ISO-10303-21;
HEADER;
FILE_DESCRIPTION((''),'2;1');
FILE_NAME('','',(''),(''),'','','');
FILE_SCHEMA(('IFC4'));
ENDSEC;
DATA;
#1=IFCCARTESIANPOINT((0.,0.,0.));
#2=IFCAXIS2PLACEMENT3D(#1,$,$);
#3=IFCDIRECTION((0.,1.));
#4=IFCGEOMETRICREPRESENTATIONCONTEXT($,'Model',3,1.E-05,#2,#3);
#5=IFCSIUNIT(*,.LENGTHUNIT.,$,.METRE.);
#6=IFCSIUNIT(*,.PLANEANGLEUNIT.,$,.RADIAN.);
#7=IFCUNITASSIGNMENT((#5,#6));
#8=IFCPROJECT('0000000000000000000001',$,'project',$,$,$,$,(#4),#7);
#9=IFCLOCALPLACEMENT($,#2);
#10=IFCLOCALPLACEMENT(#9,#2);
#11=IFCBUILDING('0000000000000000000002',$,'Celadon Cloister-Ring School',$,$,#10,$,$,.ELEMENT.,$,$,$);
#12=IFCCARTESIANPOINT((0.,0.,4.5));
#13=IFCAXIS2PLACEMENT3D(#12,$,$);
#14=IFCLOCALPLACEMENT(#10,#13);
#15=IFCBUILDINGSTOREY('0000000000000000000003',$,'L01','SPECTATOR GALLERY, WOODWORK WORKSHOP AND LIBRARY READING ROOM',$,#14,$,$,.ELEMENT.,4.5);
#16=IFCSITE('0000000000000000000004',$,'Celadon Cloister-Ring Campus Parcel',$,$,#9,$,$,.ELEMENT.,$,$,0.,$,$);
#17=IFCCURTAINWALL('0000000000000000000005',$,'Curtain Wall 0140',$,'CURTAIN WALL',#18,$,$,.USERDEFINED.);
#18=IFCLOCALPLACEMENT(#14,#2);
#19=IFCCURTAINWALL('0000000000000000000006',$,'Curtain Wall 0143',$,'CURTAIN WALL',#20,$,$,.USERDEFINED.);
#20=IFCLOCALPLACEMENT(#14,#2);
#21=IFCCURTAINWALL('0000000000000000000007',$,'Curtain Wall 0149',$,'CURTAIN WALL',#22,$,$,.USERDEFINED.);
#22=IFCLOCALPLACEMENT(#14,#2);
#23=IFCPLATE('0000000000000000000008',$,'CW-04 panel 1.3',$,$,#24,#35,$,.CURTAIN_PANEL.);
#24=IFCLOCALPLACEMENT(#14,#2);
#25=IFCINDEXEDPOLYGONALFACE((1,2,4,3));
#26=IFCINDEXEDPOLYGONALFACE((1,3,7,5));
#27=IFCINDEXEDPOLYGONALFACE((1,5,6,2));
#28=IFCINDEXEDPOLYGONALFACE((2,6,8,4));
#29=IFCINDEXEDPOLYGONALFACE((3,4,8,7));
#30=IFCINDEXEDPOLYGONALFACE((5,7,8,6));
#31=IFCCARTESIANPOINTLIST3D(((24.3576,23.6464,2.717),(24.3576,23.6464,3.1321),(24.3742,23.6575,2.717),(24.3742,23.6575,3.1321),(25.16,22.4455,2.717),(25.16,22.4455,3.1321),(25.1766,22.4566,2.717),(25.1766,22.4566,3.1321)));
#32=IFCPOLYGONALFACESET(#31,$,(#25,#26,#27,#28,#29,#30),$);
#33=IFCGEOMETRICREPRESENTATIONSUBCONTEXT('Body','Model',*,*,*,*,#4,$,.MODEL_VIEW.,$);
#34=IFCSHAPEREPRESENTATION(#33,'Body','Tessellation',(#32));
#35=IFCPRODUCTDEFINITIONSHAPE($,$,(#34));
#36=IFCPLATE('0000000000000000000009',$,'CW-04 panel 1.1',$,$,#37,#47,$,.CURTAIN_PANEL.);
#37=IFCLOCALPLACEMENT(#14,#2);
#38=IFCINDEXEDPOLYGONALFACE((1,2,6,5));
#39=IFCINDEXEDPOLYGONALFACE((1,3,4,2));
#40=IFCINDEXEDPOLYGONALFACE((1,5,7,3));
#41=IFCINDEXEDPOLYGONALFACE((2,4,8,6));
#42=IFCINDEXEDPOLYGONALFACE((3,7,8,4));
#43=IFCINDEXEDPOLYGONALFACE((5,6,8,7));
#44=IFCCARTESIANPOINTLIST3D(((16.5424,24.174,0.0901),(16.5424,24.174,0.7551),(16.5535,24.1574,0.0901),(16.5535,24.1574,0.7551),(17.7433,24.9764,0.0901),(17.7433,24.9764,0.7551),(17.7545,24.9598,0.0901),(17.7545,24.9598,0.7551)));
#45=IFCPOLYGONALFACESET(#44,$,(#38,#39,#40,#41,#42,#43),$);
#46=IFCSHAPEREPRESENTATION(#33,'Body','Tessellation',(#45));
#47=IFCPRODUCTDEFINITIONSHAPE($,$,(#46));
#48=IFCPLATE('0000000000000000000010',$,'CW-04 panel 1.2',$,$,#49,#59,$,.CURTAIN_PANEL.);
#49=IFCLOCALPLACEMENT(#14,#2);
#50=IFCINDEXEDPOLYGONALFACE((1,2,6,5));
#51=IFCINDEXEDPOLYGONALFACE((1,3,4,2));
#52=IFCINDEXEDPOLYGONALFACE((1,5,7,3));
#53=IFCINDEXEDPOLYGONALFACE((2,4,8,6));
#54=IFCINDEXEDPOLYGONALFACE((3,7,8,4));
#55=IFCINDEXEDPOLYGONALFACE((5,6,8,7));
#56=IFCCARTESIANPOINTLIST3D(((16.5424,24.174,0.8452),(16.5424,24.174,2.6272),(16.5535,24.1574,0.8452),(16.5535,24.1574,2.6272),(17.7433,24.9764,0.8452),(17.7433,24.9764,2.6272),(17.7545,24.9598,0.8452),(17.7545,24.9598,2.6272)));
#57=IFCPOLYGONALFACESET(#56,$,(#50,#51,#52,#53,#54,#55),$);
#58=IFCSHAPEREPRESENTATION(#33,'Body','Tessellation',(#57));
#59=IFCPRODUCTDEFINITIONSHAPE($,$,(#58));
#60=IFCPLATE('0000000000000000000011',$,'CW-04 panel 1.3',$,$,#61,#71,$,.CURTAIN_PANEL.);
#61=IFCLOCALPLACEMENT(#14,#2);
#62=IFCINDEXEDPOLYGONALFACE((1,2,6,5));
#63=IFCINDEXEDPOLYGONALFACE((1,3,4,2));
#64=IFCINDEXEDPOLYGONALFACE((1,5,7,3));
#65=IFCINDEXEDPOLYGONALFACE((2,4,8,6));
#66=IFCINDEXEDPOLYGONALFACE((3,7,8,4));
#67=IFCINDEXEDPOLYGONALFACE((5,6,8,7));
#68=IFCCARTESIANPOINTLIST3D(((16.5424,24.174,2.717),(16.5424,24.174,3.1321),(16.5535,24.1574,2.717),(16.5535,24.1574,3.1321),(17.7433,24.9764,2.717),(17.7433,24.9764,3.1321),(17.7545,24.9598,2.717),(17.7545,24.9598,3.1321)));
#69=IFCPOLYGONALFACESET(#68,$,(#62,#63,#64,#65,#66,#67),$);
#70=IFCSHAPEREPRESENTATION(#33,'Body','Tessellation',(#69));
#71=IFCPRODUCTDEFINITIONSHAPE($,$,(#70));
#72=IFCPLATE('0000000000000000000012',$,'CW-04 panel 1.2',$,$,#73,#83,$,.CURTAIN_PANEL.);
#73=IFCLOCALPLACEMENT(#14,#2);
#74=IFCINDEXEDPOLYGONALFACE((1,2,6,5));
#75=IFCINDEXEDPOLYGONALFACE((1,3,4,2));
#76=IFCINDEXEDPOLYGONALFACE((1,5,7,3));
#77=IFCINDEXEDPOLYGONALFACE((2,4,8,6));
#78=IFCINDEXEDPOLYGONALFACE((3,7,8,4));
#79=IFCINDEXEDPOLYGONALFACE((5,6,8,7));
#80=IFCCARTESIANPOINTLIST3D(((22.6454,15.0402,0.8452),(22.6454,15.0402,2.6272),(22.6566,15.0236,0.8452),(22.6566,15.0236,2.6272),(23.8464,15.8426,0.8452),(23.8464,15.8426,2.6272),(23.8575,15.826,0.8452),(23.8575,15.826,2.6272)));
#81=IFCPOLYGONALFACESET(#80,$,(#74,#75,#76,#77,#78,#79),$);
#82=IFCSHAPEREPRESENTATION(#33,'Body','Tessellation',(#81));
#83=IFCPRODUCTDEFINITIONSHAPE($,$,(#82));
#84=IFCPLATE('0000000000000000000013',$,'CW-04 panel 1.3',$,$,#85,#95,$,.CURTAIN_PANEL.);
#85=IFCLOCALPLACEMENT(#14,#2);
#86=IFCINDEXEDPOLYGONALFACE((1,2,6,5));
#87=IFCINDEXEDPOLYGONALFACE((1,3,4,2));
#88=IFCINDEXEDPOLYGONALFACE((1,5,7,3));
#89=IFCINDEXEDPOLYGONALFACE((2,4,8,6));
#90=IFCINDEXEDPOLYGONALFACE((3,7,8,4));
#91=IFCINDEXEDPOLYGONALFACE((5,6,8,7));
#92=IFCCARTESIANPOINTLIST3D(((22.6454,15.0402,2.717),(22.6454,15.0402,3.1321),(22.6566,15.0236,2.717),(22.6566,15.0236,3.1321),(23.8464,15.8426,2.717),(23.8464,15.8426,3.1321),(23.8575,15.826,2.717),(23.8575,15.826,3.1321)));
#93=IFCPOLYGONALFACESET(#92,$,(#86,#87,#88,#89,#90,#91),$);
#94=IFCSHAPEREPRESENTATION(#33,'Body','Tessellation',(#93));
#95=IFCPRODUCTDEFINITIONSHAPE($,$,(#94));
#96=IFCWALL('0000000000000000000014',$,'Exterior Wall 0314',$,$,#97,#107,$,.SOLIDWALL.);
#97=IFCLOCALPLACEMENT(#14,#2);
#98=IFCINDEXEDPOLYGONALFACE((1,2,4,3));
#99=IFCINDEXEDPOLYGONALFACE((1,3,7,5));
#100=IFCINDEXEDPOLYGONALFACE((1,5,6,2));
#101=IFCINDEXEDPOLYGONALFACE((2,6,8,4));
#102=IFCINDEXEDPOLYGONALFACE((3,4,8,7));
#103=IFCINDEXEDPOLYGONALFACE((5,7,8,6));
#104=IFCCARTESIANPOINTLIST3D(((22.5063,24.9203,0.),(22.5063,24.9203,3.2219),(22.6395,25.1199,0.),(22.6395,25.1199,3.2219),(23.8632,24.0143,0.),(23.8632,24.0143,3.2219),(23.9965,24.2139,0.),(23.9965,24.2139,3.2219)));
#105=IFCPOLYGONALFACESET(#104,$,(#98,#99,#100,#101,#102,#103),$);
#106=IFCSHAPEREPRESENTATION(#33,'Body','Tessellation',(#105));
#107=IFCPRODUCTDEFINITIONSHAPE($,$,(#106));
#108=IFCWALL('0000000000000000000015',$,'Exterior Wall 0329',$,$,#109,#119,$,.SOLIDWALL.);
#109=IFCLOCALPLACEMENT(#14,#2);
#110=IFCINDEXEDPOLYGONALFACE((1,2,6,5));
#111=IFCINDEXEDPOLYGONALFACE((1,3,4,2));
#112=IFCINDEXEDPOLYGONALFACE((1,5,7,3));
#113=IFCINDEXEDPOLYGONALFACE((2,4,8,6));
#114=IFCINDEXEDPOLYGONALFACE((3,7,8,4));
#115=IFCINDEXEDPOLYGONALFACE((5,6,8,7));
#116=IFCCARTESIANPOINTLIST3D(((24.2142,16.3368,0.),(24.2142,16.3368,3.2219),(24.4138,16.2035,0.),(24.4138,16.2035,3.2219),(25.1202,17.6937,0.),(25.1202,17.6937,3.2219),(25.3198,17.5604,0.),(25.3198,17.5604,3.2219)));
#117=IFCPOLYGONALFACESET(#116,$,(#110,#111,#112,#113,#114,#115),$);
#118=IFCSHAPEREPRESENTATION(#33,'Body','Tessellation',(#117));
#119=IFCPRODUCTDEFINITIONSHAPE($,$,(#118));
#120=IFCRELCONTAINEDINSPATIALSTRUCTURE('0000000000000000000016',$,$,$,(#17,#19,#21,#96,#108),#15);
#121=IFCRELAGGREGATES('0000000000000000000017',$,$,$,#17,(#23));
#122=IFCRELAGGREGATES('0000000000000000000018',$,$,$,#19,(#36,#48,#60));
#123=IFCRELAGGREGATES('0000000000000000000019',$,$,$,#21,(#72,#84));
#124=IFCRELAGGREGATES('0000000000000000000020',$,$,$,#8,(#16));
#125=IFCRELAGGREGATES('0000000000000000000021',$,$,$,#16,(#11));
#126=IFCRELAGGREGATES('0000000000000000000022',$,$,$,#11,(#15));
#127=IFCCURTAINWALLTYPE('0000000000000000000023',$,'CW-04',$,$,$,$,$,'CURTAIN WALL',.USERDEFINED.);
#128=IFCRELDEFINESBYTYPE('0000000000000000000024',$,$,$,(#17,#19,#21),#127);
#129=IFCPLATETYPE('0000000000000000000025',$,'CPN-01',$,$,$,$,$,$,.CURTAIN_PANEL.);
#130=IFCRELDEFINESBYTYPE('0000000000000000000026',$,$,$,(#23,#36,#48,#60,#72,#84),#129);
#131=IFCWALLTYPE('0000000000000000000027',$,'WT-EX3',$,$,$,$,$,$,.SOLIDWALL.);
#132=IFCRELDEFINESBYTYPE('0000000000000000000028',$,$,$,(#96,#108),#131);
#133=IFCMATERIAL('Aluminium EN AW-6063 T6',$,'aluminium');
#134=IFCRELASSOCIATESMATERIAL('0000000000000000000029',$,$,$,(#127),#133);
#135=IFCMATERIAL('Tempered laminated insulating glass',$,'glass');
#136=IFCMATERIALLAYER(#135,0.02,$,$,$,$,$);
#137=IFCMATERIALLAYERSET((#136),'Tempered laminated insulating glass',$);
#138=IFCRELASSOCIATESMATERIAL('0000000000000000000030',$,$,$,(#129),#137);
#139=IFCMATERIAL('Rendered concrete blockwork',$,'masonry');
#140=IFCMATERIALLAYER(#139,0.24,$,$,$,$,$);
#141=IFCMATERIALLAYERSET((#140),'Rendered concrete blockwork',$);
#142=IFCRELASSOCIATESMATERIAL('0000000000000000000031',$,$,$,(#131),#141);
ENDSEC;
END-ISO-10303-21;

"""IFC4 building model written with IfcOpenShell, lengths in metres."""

from ifc_helpers import new_model, si_unit, direction, frame, frame_2d, origin, origin_2d, place, context, subcontext, project, spatial, rectangle, extrude, material, layer, layer_set, type_object, element, aggregate, save


model = new_model("IFC4")

# Units and contexts
model_context = context("Model", 3, precision=1e-05, world=origin(), true_north=direction((0.0, 1.0)))
body_context = subcontext(model_context, "Body", "Model", "MODEL_VIEW")
ifc_project = project(units=[si_unit("LENGTHUNIT", "METRE"), si_unit("PLANEANGLEUNIT", "RADIAN")], contexts=[model_context])

# Site, building, storey
site_placement = place(None, origin())
site = spatial("IfcSite", under=ifc_project, at=site_placement, Name="Celadon Cloister-Ring Campus Parcel", CompositionType="ELEMENT", RefElevation=0.0)
building_placement = place(site_placement, origin())
building = spatial("IfcBuilding", under=site, at=building_placement, Name="Celadon Cloister-Ring School", CompositionType="ELEMENT")
storey_placement = place(building_placement, frame((0.0, 0.0, 4.5)))
storey = spatial("IfcBuildingStorey", under=building, at=storey_placement, Name="L01", Description="SPECTATOR GALLERY, WOODWORK WORKSHOP AND LIBRARY READING ROOM", CompositionType="ELEMENT", Elevation=4.5)

# Curtain wall
ifc_material_1 = material(Name="Aluminium EN AW-6063 T6", Category="aluminium")
curtain_wall_type = type_object("IfcCurtainWallType", Name="CW-04", ElementType="CURTAIN WALL", PredefinedType="USERDEFINED", material=ifc_material_1)
curtain_wall_1_placement = place(storey_placement, origin())
curtain_wall_1 = element("IfcCurtainWall", 1, at=curtain_wall_1_placement, inside=storey, type_object=curtain_wall_type, Name="Curtain Wall 0140", ObjectType="CURTAIN WALL", PredefinedType="USERDEFINED")

# Curtain walls
curtain_wall_2_placement = place(storey_placement, origin())
curtain_wall_2 = element("IfcCurtainWall", 2, at=curtain_wall_2_placement, inside=storey, type_object=curtain_wall_type, Name="Curtain Wall 0143", ObjectType="CURTAIN WALL", PredefinedType="USERDEFINED")
curtain_wall_3_placement = place(storey_placement, origin())
curtain_wall_3 = element("IfcCurtainWall", 3, at=curtain_wall_3_placement, inside=storey, type_object=curtain_wall_type, Name="Curtain Wall 0149", ObjectType="CURTAIN WALL", PredefinedType="USERDEFINED")

# Plates
ifc_material_2 = material(Name="Tempered laminated insulating glass", Category="glass")
ifc_layer_1 = layer(ifc_material_2, 0.02)
ifc_layer_set_1 = layer_set([ifc_layer_1], Name="Tempered laminated insulating glass")
plate_type = type_object("IfcPlateType", Name="CPN-01", PredefinedType="CURTAIN_PANEL", material=ifc_layer_set_1)
plate_1_placement = place(storey_placement, frame((24.7671, 23.0515, 2.717), z_axis=(0.0, 0.0, 1.0), x_axis=(-0.555547, 0.831485, 0.0)))
plate_1 = element("IfcPlate", 4, at=plate_1_placement, type_object=plate_type, Name="CW-04 panel 1.3", PredefinedType="CURTAIN_PANEL", context=body_context, shape_type="SweptSolid", body=[
    extrude(rectangle(XDim=1.4443, YDim=0.02, at=origin_2d()), origin(), (0.0, 0.0, 1.0), 0.415),
])
aggregate(curtain_wall_1, [plate_1])
plate_2_placement = place(storey_placement, frame((17.1484, 24.5669, 0.0901), z_axis=(0.0, 0.0, 1.0), x_axis=(-0.831485, -0.555547, 0.0)))
plate_2 = element("IfcPlate", 5, at=plate_2_placement, type_object=plate_type, Name="CW-04 panel 1.1", PredefinedType="CURTAIN_PANEL", context=body_context, shape_type="SweptSolid", body=[
    extrude(rectangle(XDim=1.4443, YDim=0.02, at=origin_2d()), origin(), (0.0, 0.0, 1.0), 0.665),
])
plate_3_placement = place(storey_placement, frame((17.1484, 24.5669, 0.8452), z_axis=(0.0, 0.0, 1.0), x_axis=(-0.831485, -0.555547, 0.0)))
plate_3 = element("IfcPlate", 6, at=plate_3_placement, type_object=plate_type, Name="CW-04 panel 1.2", PredefinedType="CURTAIN_PANEL", context=body_context, shape_type="SweptSolid", body=[
    extrude(rectangle(XDim=1.4443, YDim=0.02, at=origin_2d()), origin(), (0.0, 0.0, 1.0), 1.782),
])
plate_4_placement = place(storey_placement, frame((17.1484, 24.5669, 2.717), z_axis=(0.0, 0.0, 1.0), x_axis=(-0.831485, -0.555547, 0.0)))
plate_4 = element("IfcPlate", 7, at=plate_4_placement, type_object=plate_type, Name="CW-04 panel 1.3", PredefinedType="CURTAIN_PANEL", context=body_context, shape_type="SweptSolid", body=[
    extrude(rectangle(XDim=1.4443, YDim=0.02, at=origin_2d()), origin(), (0.0, 0.0, 1.0), 0.415),
])
aggregate(curtain_wall_2, [plate_2, plate_3, plate_4])
plate_5_placement = place(storey_placement, frame((23.2515, 15.4331, 0.8452), z_axis=(0.0, 0.0, 1.0), x_axis=(0.831485, 0.555547, 0.0)))
plate_5 = element("IfcPlate", 8, at=plate_5_placement, type_object=plate_type, Name="CW-04 panel 1.2", PredefinedType="CURTAIN_PANEL", context=body_context, shape_type="SweptSolid", body=[
    extrude(rectangle(XDim=1.4443, YDim=0.02, at=origin_2d()), origin(), (0.0, 0.0, 1.0), 1.782),
])
plate_6_placement = place(storey_placement, frame((23.2515, 15.4331, 2.717), z_axis=(0.0, 0.0, 1.0), x_axis=(0.831485, 0.555547, 0.0)))
plate_6 = element("IfcPlate", 9, at=plate_6_placement, type_object=plate_type, Name="CW-04 panel 1.3", PredefinedType="CURTAIN_PANEL", context=body_context, shape_type="SweptSolid", body=[
    extrude(rectangle(XDim=1.4443, YDim=0.02, at=origin_2d()), origin(), (0.0, 0.0, 1.0), 0.415),
])
aggregate(curtain_wall_3, [plate_5, plate_6])

# Walls
ifc_material_3 = material(Name="Rendered concrete blockwork", Category="masonry")
ifc_layer_2 = layer(ifc_material_3, 0.24)
ifc_layer_set_2 = layer_set([ifc_layer_2], Name="Rendered concrete blockwork")
wall_type = type_object("IfcWallType", Name="WT-EX3", PredefinedType="SOLIDWALL", material=ifc_layer_set_2)
for number, where, z_axis, x_axis, name in (
    (10, (23.9299, 24.114, 0.0), (0.0, 0.0, 1.0), (-0.831659, 0.555287, 0.0), "Exterior Wall 0314"),
    (11, (24.314, 16.27, 0.0), (0.0, 0.0, 1.0), (0.555287, 0.831659, 0.0), "Exterior Wall 0329"),
):
    element("IfcWall", number, at=place(storey_placement, frame(where, z_axis=z_axis, x_axis=x_axis)), inside=storey, type_object=wall_type, Name=name, PredefinedType="SOLIDWALL", context=body_context, shape_type="SweptSolid", body=[
        extrude(rectangle(XDim=1.6316, YDim=0.24, at=frame_2d((0.8159, 0.0))), origin(), (0.0, 0.0, 1.0), 3.2219),
    ])

save(model, "model.ifc")
